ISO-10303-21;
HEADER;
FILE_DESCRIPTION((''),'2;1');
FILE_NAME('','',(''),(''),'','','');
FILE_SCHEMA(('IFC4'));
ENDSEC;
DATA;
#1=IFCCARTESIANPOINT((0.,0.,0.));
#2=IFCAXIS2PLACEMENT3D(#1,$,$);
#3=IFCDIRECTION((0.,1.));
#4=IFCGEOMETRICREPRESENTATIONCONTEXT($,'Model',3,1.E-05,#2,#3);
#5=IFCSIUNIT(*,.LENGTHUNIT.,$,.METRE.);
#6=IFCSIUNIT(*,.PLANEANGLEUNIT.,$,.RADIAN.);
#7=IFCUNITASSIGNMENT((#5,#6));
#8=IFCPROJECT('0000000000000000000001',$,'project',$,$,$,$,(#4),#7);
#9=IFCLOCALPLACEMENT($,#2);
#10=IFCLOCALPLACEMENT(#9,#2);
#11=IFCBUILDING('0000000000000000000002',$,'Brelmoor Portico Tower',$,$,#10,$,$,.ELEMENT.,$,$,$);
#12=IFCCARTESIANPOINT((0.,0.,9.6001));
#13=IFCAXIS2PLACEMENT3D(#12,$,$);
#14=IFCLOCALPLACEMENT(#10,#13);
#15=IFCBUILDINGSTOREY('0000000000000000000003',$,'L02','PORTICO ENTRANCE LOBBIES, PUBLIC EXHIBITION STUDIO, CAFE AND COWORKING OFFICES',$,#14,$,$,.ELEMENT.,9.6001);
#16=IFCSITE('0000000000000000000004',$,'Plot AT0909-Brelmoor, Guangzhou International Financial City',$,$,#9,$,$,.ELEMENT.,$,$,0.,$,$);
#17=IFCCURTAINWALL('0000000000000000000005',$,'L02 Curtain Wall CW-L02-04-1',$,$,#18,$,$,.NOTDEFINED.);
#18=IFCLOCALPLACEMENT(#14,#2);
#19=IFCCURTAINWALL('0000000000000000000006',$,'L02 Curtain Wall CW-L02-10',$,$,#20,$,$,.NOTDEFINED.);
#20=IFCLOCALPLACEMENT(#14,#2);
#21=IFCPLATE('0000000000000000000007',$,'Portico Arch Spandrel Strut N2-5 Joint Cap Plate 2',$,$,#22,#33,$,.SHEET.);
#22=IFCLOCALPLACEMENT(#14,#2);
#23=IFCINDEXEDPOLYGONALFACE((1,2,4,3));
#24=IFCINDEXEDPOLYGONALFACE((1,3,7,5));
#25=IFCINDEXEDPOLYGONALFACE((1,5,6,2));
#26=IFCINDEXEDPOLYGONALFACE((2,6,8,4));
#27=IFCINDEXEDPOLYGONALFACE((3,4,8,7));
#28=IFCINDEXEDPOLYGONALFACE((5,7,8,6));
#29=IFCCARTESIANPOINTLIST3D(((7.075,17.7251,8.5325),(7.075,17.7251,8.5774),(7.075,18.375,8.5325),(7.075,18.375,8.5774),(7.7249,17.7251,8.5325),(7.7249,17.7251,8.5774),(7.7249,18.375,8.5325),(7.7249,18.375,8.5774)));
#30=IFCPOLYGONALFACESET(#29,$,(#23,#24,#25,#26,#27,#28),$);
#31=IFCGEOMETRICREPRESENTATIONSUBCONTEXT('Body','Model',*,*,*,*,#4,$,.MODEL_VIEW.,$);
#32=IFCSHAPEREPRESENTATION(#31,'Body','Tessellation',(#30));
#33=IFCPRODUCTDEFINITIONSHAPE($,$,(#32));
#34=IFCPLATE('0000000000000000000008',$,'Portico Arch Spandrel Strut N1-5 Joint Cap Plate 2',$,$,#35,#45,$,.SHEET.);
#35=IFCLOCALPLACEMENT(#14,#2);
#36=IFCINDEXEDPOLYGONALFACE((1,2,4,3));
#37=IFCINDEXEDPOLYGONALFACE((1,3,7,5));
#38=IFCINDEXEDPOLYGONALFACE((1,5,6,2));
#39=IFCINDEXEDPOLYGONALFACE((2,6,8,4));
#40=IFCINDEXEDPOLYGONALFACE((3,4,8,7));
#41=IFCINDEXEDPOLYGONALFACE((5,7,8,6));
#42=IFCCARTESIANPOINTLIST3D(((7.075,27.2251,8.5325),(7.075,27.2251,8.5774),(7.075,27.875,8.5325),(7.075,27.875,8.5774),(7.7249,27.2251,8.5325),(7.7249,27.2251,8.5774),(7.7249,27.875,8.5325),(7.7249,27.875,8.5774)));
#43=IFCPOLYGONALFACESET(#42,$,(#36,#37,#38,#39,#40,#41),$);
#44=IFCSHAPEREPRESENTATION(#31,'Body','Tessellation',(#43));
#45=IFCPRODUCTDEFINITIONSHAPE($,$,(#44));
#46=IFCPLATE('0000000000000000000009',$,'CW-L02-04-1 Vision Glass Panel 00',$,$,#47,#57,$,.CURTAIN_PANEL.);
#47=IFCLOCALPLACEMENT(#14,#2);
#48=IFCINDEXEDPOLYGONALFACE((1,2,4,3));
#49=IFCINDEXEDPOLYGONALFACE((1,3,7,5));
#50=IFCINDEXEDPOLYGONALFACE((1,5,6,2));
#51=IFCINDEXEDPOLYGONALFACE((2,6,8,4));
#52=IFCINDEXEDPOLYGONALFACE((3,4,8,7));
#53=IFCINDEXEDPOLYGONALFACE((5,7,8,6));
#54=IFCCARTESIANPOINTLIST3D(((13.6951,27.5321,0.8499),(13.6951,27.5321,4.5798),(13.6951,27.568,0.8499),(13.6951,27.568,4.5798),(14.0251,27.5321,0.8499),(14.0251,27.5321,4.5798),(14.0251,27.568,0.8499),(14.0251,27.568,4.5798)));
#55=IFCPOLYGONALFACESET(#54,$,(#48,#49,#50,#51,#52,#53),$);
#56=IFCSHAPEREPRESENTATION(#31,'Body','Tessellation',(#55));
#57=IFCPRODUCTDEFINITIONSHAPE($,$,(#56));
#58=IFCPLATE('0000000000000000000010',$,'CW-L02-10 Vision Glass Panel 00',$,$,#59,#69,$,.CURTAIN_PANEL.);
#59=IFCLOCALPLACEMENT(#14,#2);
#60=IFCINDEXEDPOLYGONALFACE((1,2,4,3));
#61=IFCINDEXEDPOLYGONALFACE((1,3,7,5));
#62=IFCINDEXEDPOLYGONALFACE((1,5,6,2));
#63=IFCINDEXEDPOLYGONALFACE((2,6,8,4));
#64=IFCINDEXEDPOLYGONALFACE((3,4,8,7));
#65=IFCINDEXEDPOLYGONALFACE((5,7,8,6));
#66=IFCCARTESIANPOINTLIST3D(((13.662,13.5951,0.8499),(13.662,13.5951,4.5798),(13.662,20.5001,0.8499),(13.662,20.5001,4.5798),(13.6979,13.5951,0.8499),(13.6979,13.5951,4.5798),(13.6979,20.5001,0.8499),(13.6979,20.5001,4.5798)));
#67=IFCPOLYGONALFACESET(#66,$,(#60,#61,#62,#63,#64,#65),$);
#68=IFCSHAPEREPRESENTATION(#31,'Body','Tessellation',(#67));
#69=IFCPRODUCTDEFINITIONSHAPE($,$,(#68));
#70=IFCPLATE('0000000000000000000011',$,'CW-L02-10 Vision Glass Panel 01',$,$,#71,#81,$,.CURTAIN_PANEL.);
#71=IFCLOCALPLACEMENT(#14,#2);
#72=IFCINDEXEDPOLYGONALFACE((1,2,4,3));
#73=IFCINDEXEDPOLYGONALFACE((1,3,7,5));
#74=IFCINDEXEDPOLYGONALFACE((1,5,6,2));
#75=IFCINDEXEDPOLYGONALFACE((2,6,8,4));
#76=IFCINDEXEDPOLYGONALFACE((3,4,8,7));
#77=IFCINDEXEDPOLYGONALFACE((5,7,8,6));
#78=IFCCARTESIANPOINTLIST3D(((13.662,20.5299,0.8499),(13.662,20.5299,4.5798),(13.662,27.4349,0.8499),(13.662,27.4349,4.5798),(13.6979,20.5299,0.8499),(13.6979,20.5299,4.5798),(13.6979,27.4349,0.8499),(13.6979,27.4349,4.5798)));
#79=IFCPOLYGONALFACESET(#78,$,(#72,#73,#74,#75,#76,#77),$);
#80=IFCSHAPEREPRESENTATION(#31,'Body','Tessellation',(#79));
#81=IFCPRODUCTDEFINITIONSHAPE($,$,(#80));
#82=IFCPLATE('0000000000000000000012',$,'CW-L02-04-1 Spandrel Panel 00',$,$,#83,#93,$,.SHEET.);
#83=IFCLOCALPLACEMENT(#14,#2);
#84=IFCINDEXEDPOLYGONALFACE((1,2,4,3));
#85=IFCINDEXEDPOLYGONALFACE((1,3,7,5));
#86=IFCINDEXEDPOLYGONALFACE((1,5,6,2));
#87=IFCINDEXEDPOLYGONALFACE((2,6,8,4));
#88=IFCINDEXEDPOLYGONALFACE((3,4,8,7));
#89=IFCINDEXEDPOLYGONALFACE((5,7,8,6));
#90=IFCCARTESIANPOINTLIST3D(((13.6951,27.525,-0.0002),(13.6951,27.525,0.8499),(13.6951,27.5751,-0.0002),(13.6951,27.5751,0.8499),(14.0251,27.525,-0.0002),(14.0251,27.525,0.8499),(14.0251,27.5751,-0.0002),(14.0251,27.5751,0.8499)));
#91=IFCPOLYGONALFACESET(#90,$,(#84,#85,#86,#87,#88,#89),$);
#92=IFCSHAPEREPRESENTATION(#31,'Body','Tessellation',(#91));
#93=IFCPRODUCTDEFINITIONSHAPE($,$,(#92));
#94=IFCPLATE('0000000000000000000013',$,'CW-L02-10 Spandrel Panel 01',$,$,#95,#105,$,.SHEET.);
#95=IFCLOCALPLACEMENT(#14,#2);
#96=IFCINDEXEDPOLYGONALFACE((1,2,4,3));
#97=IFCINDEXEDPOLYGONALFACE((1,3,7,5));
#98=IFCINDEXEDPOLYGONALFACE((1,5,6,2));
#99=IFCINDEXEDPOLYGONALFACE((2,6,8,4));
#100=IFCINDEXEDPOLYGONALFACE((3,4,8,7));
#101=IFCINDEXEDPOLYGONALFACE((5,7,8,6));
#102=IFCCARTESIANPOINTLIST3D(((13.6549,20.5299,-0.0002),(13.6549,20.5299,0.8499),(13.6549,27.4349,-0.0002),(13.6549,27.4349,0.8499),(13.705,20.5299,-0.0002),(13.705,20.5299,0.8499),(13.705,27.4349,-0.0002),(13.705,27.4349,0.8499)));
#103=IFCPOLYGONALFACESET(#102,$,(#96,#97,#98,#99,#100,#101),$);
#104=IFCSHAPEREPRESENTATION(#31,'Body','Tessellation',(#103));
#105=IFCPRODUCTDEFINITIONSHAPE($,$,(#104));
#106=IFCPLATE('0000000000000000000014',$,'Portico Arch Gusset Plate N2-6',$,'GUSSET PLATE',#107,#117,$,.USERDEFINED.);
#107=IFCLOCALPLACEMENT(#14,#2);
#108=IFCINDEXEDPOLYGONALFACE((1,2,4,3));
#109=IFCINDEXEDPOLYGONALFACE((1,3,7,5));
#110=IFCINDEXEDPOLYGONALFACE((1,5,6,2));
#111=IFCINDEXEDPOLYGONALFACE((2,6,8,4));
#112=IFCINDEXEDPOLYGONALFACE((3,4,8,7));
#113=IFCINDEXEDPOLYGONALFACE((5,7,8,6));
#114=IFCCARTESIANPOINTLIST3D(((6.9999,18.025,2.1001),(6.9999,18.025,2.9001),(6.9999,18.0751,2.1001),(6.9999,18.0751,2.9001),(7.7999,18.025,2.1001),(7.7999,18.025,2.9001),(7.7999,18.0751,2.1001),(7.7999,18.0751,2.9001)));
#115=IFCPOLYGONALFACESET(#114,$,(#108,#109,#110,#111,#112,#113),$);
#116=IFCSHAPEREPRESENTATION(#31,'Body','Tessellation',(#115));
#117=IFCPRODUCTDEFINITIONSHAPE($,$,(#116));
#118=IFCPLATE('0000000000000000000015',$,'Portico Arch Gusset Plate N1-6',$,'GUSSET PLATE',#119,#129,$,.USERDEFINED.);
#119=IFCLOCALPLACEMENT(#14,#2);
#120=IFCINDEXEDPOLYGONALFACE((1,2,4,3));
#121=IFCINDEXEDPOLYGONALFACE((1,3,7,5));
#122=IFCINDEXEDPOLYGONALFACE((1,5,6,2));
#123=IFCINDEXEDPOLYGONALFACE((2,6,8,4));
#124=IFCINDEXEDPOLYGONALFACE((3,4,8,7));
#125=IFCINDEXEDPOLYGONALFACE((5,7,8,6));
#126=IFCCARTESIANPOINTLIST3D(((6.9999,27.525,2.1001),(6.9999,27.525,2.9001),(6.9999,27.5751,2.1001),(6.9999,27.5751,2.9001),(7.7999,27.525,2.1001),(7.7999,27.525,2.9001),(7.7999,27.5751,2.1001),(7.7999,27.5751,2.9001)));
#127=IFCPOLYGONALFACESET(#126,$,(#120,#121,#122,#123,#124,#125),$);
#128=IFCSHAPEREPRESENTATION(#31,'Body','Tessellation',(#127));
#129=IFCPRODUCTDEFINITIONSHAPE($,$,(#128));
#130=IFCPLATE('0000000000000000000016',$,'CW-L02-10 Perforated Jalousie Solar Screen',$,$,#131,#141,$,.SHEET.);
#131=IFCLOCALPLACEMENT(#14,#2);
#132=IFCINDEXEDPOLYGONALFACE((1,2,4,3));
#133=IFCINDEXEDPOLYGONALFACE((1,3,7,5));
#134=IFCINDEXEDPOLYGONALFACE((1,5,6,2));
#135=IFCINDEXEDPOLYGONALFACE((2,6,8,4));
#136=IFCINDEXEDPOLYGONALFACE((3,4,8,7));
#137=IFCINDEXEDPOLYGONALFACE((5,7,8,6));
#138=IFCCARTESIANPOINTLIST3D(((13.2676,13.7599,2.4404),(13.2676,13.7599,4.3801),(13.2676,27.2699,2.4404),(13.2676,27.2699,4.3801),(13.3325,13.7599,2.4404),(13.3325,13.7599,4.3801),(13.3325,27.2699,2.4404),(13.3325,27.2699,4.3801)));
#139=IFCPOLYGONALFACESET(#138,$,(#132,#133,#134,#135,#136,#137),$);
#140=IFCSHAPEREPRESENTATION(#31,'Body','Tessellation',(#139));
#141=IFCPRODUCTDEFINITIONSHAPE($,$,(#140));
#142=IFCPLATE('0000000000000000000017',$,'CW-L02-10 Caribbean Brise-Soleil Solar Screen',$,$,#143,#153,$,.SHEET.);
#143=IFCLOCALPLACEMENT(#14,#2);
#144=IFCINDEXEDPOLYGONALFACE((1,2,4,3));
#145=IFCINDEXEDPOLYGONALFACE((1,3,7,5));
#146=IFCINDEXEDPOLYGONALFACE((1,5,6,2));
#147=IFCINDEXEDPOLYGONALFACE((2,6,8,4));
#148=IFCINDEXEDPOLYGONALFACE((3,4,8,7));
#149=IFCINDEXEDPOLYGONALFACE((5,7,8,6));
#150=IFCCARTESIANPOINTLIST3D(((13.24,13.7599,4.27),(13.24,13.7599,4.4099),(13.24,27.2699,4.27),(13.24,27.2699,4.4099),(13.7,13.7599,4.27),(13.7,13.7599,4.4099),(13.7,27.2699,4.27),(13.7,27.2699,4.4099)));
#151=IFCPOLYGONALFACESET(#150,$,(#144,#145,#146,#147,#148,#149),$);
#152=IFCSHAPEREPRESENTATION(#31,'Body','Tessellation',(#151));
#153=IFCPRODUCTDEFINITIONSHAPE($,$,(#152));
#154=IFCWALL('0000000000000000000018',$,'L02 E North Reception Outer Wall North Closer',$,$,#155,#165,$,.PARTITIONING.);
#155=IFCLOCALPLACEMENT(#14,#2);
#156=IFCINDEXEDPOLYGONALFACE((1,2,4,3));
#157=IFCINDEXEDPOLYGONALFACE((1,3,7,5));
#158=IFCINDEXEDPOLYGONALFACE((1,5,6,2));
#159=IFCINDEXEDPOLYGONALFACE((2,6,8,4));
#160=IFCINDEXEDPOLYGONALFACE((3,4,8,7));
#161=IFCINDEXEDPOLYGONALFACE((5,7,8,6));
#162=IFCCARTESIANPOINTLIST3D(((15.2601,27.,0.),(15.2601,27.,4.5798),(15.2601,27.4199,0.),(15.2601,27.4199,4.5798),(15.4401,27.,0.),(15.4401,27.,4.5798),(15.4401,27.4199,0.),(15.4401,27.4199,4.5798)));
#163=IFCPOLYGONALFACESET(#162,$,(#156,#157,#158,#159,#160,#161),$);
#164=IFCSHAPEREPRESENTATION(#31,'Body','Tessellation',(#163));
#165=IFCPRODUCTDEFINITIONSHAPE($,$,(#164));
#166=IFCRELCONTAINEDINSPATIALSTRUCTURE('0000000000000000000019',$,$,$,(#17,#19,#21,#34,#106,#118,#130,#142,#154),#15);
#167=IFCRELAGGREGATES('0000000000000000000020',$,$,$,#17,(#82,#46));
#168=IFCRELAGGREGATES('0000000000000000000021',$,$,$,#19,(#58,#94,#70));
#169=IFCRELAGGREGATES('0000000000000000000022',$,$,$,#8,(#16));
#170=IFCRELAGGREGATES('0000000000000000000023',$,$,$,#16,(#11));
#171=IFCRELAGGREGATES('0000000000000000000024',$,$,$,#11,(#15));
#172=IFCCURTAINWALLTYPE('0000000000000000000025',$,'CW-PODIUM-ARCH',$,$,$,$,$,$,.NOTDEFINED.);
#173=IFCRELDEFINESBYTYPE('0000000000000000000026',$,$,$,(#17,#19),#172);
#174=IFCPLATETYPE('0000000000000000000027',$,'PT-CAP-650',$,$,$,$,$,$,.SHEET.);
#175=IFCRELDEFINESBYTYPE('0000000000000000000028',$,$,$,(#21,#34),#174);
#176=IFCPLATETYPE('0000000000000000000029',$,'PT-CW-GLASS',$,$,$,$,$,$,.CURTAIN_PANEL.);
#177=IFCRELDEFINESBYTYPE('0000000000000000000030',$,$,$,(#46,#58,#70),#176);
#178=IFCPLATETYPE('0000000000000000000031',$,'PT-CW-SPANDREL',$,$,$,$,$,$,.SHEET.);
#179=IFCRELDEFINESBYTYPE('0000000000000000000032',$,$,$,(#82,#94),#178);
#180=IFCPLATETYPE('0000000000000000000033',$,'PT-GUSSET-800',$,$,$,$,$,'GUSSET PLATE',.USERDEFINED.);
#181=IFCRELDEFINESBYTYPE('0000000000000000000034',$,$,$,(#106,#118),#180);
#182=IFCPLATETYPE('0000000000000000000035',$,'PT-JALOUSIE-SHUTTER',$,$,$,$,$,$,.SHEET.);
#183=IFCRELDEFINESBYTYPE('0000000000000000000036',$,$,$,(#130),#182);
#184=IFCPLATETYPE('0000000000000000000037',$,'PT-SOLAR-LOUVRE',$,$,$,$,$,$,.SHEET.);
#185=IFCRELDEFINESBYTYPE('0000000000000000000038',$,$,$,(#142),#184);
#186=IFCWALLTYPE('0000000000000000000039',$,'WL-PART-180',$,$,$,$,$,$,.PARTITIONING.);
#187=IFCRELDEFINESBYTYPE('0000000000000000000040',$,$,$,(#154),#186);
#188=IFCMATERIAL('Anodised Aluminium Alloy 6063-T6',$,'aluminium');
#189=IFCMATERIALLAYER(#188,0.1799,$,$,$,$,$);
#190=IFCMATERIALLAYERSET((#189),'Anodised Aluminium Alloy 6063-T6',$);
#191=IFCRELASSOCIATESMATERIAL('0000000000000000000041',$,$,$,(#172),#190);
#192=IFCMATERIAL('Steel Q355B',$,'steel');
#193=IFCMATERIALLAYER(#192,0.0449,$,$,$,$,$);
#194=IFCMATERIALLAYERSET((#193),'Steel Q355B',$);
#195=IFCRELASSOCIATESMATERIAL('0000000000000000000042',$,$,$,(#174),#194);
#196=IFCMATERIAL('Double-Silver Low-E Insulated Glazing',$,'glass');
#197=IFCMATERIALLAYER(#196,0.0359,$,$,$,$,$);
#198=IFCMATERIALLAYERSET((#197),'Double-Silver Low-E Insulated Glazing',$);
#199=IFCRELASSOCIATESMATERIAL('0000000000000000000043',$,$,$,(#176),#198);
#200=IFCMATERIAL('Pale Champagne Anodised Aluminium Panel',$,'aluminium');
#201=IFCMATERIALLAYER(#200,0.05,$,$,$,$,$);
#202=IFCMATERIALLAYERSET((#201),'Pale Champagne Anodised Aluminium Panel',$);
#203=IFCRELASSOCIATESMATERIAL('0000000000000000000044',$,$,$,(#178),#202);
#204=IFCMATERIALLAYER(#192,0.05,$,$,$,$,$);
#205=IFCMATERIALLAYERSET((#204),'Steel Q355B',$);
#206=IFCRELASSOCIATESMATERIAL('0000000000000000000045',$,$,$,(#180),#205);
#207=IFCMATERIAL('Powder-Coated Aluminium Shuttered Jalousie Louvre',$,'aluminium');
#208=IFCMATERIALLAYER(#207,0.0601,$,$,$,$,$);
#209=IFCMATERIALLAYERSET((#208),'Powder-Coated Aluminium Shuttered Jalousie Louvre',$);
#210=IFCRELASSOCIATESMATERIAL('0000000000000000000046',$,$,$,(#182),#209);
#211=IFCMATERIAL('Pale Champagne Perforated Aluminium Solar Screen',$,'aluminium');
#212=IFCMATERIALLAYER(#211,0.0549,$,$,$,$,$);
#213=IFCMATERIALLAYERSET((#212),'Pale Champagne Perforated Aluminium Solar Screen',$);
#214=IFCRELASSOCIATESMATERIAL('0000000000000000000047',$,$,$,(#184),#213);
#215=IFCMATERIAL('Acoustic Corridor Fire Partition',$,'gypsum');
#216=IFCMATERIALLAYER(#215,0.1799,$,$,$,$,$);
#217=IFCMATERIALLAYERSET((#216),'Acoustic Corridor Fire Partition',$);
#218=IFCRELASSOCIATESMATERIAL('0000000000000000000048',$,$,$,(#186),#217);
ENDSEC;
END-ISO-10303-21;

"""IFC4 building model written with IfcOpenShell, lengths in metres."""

from ifc_helpers import new_model, si_unit, direction, frame, frame_2d, origin, origin_2d, place, context, subcontext, project, spatial, rectangle, extrude, material, layer, layer_set, type_object, element, aggregate, save


model = new_model("IFC4")

# Units and contexts
model_context = context("Model", 3, precision=1e-05, world=origin(), true_north=direction((0.0, 1.0)))
body_context = subcontext(model_context, "Body", "Model", "MODEL_VIEW")
ifc_project = project(units=[si_unit("LENGTHUNIT", "METRE"), si_unit("PLANEANGLEUNIT", "RADIAN")], contexts=[model_context])

# Site, building, storey
site_placement = place(None, origin())
site = spatial("IfcSite", under=ifc_project, at=site_placement, Name="Plot AT0909-Brelmoor, Guangzhou International Financial City", CompositionType="ELEMENT", RefElevation=0.0)
building_placement = place(site_placement, origin())
building = spatial("IfcBuilding", under=site, at=building_placement, Name="Brelmoor Portico Tower", CompositionType="ELEMENT")
storey_placement = place(building_placement, frame((0.0, 0.0, 9.6001)))
storey = spatial("IfcBuildingStorey", under=building, at=storey_placement, Name="L02", Description="PORTICO ENTRANCE LOBBIES, PUBLIC EXHIBITION STUDIO, CAFE AND COWORKING OFFICES", CompositionType="ELEMENT", Elevation=9.6001)

# Shared definitions
ifc_material_1 = material(Name="Steel Q355B", Category="steel")

# Curtain wall
ifc_material_2 = material(Name="Anodised Aluminium Alloy 6063-T6", Category="aluminium")
ifc_layer_1 = layer(ifc_material_2, 0.1799)
ifc_layer_set_1 = layer_set([ifc_layer_1], Name="Anodised Aluminium Alloy 6063-T6")
curtain_wall_type = type_object("IfcCurtainWallType", Name="CW-PODIUM-ARCH", PredefinedType="NOTDEFINED", material=ifc_layer_set_1)
curtain_wall_1_placement = place(storey_placement, origin())
curtain_wall_1 = element("IfcCurtainWall", 1, at=curtain_wall_1_placement, inside=storey, type_object=curtain_wall_type, Name="L02 Curtain Wall CW-L02-04-1", PredefinedType="NOTDEFINED")

# Curtain wall
curtain_wall_2_placement = place(storey_placement, origin())
curtain_wall_2 = element("IfcCurtainWall", 2, at=curtain_wall_2_placement, inside=storey, type_object=curtain_wall_type, Name="L02 Curtain Wall CW-L02-10", PredefinedType="NOTDEFINED")

# Plates
ifc_layer_2 = layer(ifc_material_1, 0.0449)
ifc_layer_set_2 = layer_set([ifc_layer_2], Name="Steel Q355B")
plate_type_1 = type_object("IfcPlateType", Name="PT-CAP-650", PredefinedType="SHEET", material=ifc_layer_set_2)
for number, where, z_axis, x_axis, name in (
    (3, (7.3999, 18.05, 8.5325), (0.0, 0.0, 1.0), (1.0, 0.0, 0.0), "Portico Arch Spandrel Strut N2-5 Joint Cap Plate 2"),
    (4, (7.3999, 27.55, 8.5325), (0.0, 0.0, 1.0), (1.0, 0.0, 0.0), "Portico Arch Spandrel Strut N1-5 Joint Cap Plate 2"),
):
    element("IfcPlate", number, at=place(storey_placement, frame(where, z_axis=z_axis, x_axis=x_axis)), inside=storey, type_object=plate_type_1, Name=name, PredefinedType="SHEET", context=body_context, shape_type="SweptSolid", body=[
        extrude(rectangle(XDim=0.6499, YDim=0.6499, at=origin_2d()), origin(), (0.0, 0.0, 1.0), 0.0449),
    ])

# Plates
ifc_material_3 = material(Name="Double-Silver Low-E Insulated Glazing", Category="glass")
ifc_layer_3 = layer(ifc_material_3, 0.0359)
ifc_layer_set_3 = layer_set([ifc_layer_3], Name="Double-Silver Low-E Insulated Glazing")
plate_type_2 = type_object("IfcPlateType", Name="PT-CW-GLASS", PredefinedType="CURTAIN_PANEL", material=ifc_layer_set_3)
plate_1_placement = place(storey_placement, frame((13.8601, 27.55, 0.8499), z_axis=(0.0, 0.0, 1.0), x_axis=(1.0, 0.0, 0.0)))
plate_1 = element("IfcPlate", 5, at=plate_1_placement, type_object=plate_type_2, Name="CW-L02-04-1 Vision Glass Panel 00", PredefinedType="CURTAIN_PANEL", context=body_context, shape_type="SweptSolid", body=[
    extrude(rectangle(XDim=0.3301, YDim=0.0359, at=origin_2d()), origin(), (0.0, 0.0, 1.0), 3.73),
])
plate_2_placement = place(storey_placement, frame((13.6799, 17.0476, 0.8499), z_axis=(0.0, 0.0, 1.0), x_axis=(0.0, 1.0, 0.0)))
plate_2 = element("IfcPlate", 6, at=plate_2_placement, type_object=plate_type_2, Name="CW-L02-10 Vision Glass Panel 00", PredefinedType="CURTAIN_PANEL", context=body_context, shape_type="SweptSolid", body=[
    extrude(rectangle(XDim=6.905, YDim=0.0359, at=origin_2d()), origin(), (0.0, 0.0, 1.0), 3.73),
])
plate_3_placement = place(storey_placement, frame((13.6799, 23.9824, 0.8499), z_axis=(0.0, 0.0, 1.0), x_axis=(0.0, 1.0, 0.0)))
plate_3 = element("IfcPlate", 7, at=plate_3_placement, type_object=plate_type_2, Name="CW-L02-10 Vision Glass Panel 01", PredefinedType="CURTAIN_PANEL", context=body_context, shape_type="SweptSolid", body=[
    extrude(rectangle(XDim=6.905, YDim=0.0359, at=origin_2d()), origin(), (0.0, 0.0, 1.0), 3.73),
])
ifc_material_4 = material(Name="Pale Champagne Anodised Aluminium Panel", Category="aluminium")
ifc_layer_4 = layer(ifc_material_4, 0.05)
ifc_layer_set_4 = layer_set([ifc_layer_4], Name="Pale Champagne Anodised Aluminium Panel")
plate_type_3 = type_object("IfcPlateType", Name="PT-CW-SPANDREL", PredefinedType="SHEET", material=ifc_layer_set_4)
plate_4_placement = place(storey_placement, frame((13.8601, 27.55, -0.0002), z_axis=(0.0, 0.0, 1.0), x_axis=(1.0, 0.0, 0.0)))
plate_4 = element("IfcPlate", 8, at=plate_4_placement, type_object=plate_type_3, Name="CW-L02-04-1 Spandrel Panel 00", PredefinedType="SHEET", context=body_context, shape_type="SweptSolid", body=[
    extrude(rectangle(XDim=0.3301, YDim=0.05, at=origin_2d()), origin(), (0.0, 0.0, 1.0), 0.8501),
])
aggregate(curtain_wall_1, [plate_4, plate_1])
plate_5_placement = place(storey_placement, frame((13.6799, 23.9824, -0.0002), z_axis=(0.0, 0.0, 1.0), x_axis=(0.0, 1.0, 0.0)))
plate_5 = element("IfcPlate", 9, at=plate_5_placement, type_object=plate_type_3, Name="CW-L02-10 Spandrel Panel 01", PredefinedType="SHEET", context=body_context, shape_type="SweptSolid", body=[
    extrude(rectangle(XDim=6.905, YDim=0.05, at=origin_2d()), origin(), (0.0, 0.0, 1.0), 0.8501),
])
aggregate(curtain_wall_2, [plate_2, plate_5, plate_3])

# Plates
ifc_layer_5 = layer(ifc_material_1, 0.05)
ifc_layer_set_5 = layer_set([ifc_layer_5], Name="Steel Q355B")
plate_type_4 = type_object("IfcPlateType", Name="PT-GUSSET-800", ElementType="GUSSET PLATE", PredefinedType="USERDEFINED", material=ifc_layer_set_5)
for number, where, z_axis, x_axis, name in (
    (10, (7.3999, 18.05, 2.1001), (0.0, 0.0, 1.0), (1.0, 0.0, 0.0), "Portico Arch Gusset Plate N2-6"),
    (11, (7.3999, 27.55, 2.1001), (0.0, 0.0, 1.0), (1.0, 0.0, 0.0), "Portico Arch Gusset Plate N1-6"),
):
    element("IfcPlate", number, at=place(storey_placement, frame(where, z_axis=z_axis, x_axis=x_axis)), inside=storey, type_object=plate_type_4, Name=name, ObjectType="GUSSET PLATE", PredefinedType="USERDEFINED", context=body_context, shape_type="SweptSolid", body=[
        extrude(rectangle(XDim=0.8, YDim=0.05, at=origin_2d()), origin(), (0.0, 0.0, 1.0), 0.8),
    ])
ifc_material_5 = material(Name="Powder-Coated Aluminium Shuttered Jalousie Louvre", Category="aluminium")
ifc_layer_6 = layer(ifc_material_5, 0.0601)
ifc_layer_set_6 = layer_set([ifc_layer_6], Name="Powder-Coated Aluminium Shuttered Jalousie Louvre")
plate_type_5 = type_object("IfcPlateType", Name="PT-JALOUSIE-SHUTTER", PredefinedType="SHEET", material=ifc_layer_set_6)
plate_6_placement = place(storey_placement, frame((13.3, 20.5149, 2.4404), z_axis=(0.0, 0.0, 1.0), x_axis=(0.0, 1.0, 0.0)))
element("IfcPlate", 12, at=plate_6_placement, inside=storey, type_object=plate_type_5, Name="CW-L02-10 Perforated Jalousie Solar Screen", PredefinedType="SHEET", context=body_context, shape_type="SweptSolid", body=[
    extrude(rectangle(XDim=13.51, YDim=0.0649, at=origin_2d()), origin(), (0.0, 0.0, 1.0), 1.9397),
])
ifc_material_6 = material(Name="Pale Champagne Perforated Aluminium Solar Screen", Category="aluminium")
ifc_layer_7 = layer(ifc_material_6, 0.0549)
ifc_layer_set_7 = layer_set([ifc_layer_7], Name="Pale Champagne Perforated Aluminium Solar Screen")
plate_type_6 = type_object("IfcPlateType", Name="PT-SOLAR-LOUVRE", PredefinedType="SHEET", material=ifc_layer_set_7)
plate_7_placement = place(storey_placement, frame((13.47, 20.5149, 4.27), z_axis=(0.0, 0.0, 1.0), x_axis=(0.0, 1.0, 0.0)))
element("IfcPlate", 13, at=plate_7_placement, inside=storey, type_object=plate_type_6, Name="CW-L02-10 Caribbean Brise-Soleil Solar Screen", PredefinedType="SHEET", context=body_context, shape_type="SweptSolid", body=[
    extrude(rectangle(XDim=13.51, YDim=0.46, at=origin_2d()), origin(), (0.0, 0.0, 1.0), 0.1399),
])

# Wall
ifc_material_7 = material(Name="Acoustic Corridor Fire Partition", Category="gypsum")
ifc_layer_8 = layer(ifc_material_7, 0.1799)
ifc_layer_set_8 = layer_set([ifc_layer_8], Name="Acoustic Corridor Fire Partition")
wall_type_1 = type_object("IfcWallType", Name="WL-PART-180", PredefinedType="PARTITIONING", material=ifc_layer_set_8)
wall_1_placement = place(storey_placement, frame((15.3501, 27.0, 0.0), z_axis=(0.0, 0.0, 1.0), x_axis=(0.0, 1.0, 0.0)))
element("IfcWall", 14, at=wall_1_placement, inside=storey, type_object=wall_type_1, Name="L02 E North Reception Outer Wall North Closer", PredefinedType="PARTITIONING", context=body_context, shape_type="SweptSolid", body=[
    extrude(rectangle(XDim=0.4199, YDim=0.1799, at=frame_2d((0.21, 0.0))), origin(), (0.0, 0.0, 1.0), 4.5798),
])

save(model, "model.ifc")
